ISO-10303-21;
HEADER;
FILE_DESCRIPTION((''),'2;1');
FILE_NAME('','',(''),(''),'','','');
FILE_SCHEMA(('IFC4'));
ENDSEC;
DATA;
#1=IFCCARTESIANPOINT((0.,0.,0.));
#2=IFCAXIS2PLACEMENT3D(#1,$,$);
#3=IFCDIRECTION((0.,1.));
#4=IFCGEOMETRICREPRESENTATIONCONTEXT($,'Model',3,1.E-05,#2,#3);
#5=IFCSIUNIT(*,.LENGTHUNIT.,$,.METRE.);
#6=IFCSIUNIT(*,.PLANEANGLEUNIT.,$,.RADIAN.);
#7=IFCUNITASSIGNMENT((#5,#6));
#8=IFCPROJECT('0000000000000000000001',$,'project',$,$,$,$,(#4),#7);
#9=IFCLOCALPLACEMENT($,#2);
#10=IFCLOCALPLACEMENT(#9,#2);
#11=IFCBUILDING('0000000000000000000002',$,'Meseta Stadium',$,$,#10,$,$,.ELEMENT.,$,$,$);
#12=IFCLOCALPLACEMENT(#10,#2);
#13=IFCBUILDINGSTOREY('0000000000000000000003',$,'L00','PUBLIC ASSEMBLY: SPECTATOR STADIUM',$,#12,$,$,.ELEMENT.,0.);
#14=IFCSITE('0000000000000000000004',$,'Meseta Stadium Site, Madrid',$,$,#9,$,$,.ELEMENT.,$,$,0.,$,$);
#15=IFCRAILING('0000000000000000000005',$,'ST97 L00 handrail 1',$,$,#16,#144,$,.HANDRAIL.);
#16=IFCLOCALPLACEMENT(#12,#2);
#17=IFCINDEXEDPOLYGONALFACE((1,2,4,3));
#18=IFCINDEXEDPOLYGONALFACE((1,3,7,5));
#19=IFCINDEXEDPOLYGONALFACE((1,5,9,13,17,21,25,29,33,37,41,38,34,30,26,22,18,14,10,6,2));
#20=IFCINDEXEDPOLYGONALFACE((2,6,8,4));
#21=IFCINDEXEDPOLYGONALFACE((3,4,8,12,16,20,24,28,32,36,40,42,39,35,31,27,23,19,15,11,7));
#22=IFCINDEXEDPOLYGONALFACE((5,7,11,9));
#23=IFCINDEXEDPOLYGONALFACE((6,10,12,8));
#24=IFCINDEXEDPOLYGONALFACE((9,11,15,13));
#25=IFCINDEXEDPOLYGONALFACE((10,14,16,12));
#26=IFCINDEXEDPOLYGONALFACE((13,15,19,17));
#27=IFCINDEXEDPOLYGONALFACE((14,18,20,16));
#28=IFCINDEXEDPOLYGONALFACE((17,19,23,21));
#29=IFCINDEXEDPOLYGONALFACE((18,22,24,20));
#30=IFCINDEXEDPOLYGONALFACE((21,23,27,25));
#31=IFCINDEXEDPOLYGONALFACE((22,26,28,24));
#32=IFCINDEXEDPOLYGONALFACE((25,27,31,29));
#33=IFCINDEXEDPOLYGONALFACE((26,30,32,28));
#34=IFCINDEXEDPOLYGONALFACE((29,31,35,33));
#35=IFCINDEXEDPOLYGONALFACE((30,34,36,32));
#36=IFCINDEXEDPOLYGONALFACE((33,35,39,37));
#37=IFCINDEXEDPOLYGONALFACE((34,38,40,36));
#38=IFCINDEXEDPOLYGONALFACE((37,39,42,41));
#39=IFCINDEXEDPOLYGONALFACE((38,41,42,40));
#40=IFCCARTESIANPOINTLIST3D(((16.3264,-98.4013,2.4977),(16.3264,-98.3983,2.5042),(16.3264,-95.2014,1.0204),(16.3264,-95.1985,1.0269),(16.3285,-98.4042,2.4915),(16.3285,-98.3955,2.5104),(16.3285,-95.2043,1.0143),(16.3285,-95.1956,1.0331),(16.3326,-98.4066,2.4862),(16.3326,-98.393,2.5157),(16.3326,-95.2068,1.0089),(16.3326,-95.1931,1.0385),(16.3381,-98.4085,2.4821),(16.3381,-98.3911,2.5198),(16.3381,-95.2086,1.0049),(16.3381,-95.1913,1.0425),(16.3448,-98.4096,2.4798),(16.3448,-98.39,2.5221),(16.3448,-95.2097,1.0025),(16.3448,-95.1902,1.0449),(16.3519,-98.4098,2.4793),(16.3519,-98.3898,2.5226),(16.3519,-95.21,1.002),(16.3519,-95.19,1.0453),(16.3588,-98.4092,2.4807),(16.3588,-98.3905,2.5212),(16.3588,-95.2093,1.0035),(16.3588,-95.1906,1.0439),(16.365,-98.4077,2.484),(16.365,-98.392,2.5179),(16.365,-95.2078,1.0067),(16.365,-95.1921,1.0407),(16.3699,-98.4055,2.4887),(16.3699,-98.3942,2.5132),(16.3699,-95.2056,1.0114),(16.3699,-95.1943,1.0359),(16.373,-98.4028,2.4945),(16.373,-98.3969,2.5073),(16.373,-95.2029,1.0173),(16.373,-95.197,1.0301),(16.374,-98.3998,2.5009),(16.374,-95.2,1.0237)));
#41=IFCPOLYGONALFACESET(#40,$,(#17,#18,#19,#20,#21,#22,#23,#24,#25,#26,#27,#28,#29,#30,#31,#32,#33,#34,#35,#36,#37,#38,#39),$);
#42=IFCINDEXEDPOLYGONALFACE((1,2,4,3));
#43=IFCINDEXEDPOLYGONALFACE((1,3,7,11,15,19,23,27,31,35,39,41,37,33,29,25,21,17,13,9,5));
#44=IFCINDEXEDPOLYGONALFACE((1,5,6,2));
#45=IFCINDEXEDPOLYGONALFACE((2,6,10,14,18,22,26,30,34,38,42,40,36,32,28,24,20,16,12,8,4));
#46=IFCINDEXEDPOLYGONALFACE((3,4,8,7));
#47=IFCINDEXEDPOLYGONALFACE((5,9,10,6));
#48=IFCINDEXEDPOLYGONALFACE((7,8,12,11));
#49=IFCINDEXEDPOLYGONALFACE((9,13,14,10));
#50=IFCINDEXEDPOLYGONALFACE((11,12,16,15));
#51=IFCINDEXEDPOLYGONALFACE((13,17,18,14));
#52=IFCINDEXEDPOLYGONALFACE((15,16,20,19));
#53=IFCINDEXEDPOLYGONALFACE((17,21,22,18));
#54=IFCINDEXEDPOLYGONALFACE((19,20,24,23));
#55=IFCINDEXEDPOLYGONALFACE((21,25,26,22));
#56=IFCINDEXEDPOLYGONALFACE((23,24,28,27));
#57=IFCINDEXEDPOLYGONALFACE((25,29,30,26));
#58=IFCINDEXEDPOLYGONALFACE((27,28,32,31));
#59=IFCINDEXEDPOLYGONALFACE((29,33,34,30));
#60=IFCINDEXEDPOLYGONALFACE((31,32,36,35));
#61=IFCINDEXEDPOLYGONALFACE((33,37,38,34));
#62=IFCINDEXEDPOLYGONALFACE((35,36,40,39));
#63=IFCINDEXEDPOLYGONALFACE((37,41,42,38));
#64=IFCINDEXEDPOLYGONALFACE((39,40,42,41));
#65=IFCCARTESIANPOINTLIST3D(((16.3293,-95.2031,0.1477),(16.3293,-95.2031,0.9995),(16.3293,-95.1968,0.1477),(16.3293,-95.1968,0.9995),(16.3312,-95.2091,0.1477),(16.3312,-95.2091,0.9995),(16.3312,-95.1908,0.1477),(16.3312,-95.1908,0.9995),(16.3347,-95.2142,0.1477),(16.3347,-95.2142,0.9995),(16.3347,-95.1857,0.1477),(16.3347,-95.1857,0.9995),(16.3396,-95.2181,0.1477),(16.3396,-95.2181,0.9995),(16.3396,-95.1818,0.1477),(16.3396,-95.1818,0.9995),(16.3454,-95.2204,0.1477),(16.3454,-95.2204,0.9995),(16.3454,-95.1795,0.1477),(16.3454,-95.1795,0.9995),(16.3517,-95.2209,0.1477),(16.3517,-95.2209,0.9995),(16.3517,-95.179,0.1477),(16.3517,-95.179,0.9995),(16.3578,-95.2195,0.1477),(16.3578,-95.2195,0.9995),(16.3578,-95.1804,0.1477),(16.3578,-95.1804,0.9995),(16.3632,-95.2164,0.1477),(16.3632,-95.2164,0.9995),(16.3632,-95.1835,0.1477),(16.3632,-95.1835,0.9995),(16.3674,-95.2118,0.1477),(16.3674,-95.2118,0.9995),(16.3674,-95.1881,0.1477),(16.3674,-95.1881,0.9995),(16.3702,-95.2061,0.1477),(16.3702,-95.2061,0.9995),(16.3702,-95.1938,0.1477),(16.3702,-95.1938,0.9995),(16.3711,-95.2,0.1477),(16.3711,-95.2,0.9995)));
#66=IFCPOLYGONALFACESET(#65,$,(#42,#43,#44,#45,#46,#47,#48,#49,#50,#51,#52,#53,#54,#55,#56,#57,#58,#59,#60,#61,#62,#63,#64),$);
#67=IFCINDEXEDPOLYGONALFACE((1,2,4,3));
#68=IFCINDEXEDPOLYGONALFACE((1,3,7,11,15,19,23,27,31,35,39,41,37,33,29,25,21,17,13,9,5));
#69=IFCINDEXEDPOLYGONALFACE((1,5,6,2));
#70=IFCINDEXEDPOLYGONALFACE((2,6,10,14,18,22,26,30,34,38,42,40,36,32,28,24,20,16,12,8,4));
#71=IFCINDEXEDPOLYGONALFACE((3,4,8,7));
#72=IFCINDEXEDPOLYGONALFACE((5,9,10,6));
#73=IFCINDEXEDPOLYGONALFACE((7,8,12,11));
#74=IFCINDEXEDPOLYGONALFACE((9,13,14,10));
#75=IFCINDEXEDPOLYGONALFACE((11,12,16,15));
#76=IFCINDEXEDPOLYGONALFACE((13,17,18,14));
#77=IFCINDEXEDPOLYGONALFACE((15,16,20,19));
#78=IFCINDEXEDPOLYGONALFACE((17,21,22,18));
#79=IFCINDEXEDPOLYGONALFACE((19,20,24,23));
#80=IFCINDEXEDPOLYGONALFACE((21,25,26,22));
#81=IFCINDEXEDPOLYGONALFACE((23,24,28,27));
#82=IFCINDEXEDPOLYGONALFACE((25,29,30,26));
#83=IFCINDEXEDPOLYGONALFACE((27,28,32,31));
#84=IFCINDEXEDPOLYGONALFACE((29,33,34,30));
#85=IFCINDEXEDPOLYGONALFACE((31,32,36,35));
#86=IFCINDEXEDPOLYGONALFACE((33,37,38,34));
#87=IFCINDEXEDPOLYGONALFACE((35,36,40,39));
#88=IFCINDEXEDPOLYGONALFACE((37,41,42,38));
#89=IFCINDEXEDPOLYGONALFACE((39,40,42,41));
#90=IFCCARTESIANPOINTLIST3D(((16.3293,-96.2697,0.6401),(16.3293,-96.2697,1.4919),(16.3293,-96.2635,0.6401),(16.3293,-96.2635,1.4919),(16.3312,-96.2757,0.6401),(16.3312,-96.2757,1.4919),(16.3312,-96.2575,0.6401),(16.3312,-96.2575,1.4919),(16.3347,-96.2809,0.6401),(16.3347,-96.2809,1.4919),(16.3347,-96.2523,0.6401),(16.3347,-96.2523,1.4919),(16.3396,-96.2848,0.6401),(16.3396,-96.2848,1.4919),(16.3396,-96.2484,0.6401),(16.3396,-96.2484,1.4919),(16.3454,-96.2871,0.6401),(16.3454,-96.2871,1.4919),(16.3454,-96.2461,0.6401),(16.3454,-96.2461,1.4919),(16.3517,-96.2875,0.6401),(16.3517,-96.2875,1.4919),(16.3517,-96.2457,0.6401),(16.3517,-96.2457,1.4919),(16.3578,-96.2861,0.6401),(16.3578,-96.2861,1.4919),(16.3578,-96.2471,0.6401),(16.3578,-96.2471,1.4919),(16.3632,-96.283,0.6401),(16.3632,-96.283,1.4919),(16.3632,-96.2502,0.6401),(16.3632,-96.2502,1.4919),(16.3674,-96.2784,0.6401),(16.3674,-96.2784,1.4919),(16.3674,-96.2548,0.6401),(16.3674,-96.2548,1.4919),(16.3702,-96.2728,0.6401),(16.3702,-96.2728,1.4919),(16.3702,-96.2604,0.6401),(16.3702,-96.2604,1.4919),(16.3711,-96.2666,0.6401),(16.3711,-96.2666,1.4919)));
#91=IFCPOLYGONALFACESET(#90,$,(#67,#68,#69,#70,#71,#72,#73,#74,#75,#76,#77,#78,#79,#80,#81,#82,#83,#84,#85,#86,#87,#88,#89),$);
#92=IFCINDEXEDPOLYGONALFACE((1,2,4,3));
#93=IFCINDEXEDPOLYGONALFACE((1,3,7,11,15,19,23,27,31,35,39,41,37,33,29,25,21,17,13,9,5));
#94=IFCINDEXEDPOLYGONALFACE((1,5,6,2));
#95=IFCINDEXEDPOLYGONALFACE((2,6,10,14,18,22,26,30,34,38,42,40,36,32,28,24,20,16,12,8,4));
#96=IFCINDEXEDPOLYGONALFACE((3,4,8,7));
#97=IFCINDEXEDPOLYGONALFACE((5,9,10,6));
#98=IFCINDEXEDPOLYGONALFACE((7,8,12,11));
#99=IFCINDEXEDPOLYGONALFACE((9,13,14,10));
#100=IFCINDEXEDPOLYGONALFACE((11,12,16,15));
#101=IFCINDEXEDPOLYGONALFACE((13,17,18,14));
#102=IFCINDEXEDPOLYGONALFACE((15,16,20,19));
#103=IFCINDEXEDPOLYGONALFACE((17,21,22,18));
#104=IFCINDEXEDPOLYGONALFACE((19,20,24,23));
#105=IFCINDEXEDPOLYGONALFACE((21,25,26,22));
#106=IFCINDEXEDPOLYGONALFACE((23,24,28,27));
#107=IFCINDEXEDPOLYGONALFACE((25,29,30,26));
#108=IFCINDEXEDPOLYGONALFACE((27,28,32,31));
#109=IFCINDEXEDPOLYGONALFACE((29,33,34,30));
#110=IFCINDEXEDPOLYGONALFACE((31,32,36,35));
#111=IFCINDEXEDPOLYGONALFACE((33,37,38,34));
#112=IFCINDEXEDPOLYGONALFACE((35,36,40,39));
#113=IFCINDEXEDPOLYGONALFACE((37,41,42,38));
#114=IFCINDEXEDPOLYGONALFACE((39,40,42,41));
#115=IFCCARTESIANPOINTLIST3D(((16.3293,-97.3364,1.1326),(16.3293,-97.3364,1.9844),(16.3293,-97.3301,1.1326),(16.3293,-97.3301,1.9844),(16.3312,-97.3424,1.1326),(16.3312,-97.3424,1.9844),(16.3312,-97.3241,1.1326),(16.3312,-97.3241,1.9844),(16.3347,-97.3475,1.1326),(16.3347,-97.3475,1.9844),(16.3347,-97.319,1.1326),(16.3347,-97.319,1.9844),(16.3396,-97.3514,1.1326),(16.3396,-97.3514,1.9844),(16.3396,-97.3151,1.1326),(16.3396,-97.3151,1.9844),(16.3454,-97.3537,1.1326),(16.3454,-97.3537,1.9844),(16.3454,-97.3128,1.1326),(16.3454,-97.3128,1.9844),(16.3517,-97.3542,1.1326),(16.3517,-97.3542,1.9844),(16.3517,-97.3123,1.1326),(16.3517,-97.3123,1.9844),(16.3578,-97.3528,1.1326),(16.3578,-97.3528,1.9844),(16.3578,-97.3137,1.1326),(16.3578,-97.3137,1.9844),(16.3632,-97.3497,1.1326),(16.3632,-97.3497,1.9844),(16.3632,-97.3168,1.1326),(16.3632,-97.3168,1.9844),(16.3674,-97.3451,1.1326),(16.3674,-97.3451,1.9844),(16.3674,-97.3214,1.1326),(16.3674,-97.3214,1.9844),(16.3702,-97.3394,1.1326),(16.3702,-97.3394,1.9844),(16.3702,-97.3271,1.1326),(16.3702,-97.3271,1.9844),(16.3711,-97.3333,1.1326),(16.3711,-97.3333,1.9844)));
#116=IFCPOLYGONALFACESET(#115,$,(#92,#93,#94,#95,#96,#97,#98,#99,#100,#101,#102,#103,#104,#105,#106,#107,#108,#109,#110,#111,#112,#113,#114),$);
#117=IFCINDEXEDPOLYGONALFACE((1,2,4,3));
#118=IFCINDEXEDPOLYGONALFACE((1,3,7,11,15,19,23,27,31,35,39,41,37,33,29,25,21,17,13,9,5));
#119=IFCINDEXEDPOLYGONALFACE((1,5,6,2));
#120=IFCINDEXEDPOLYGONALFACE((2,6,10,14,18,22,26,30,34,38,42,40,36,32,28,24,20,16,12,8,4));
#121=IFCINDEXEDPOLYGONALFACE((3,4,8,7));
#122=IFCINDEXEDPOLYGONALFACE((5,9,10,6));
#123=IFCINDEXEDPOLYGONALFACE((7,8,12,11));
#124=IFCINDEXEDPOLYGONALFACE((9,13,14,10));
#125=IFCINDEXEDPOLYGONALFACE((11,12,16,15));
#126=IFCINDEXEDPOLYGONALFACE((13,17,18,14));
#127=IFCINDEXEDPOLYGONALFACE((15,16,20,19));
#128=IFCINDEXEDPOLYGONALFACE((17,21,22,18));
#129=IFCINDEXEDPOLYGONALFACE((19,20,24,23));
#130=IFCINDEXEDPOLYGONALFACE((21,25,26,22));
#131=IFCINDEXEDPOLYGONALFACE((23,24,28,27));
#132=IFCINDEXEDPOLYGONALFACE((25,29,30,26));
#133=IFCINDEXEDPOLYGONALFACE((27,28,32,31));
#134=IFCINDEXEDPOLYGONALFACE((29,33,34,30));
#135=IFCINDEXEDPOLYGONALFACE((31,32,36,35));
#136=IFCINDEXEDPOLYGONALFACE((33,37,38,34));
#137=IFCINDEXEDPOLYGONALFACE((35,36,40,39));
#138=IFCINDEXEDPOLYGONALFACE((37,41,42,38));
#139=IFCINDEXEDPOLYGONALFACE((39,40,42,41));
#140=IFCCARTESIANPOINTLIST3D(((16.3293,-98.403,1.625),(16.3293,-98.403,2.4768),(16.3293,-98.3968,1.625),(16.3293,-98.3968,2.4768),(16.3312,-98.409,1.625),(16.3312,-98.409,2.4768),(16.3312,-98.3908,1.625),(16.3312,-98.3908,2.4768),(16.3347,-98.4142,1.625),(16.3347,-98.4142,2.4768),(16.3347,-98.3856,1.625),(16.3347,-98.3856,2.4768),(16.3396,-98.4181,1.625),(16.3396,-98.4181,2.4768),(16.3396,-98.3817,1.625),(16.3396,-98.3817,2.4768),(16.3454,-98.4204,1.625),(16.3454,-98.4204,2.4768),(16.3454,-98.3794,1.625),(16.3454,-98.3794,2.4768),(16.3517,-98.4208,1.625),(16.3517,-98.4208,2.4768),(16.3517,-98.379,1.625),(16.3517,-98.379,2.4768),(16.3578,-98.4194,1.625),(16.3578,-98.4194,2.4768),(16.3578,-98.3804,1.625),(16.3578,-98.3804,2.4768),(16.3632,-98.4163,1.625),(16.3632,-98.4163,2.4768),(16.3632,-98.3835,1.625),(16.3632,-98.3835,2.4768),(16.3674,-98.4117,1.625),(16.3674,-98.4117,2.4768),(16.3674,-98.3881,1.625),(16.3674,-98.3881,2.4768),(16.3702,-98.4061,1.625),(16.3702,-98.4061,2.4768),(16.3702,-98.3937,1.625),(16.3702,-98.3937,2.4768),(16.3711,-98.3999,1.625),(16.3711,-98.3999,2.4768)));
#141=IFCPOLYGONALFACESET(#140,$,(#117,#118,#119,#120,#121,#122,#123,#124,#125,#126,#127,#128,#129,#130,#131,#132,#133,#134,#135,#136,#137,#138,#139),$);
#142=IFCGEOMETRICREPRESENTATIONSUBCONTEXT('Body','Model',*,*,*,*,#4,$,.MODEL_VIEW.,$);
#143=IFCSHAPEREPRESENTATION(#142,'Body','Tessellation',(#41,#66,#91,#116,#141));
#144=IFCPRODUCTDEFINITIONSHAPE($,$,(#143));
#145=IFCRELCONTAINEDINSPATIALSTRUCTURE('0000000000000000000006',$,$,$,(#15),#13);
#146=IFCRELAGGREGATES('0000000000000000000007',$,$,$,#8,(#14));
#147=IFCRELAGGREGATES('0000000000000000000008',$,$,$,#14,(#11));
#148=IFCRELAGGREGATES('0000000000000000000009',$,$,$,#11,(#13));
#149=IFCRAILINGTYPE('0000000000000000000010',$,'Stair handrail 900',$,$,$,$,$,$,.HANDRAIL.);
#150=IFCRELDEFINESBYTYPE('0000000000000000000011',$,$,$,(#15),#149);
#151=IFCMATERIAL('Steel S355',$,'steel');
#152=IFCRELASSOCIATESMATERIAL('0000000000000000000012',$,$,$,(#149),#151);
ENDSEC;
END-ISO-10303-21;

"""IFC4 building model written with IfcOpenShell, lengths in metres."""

from ifc_helpers import new_model, si_unit, direction, frame, origin, origin_2d, place, context, subcontext, project, spatial, circle, extrude, material, type_object, element, save


model = new_model("IFC4")

# Units and contexts
model_context = context("Model", 3, precision=1e-05, world=origin(), true_north=direction((0.0, 1.0)))
body_context = subcontext(model_context, "Body", "Model", "MODEL_VIEW")
ifc_project = project(units=[si_unit("LENGTHUNIT", "METRE"), si_unit("PLANEANGLEUNIT", "RADIAN")], contexts=[model_context])

# Site, building, storey
site_placement = place(None, origin())
site = spatial("IfcSite", under=ifc_project, at=site_placement, Name="Meseta Stadium Site, Madrid", CompositionType="ELEMENT", RefElevation=0.0)
building_placement = place(site_placement, origin())
building = spatial("IfcBuilding", under=site, at=building_placement, Name="Meseta Stadium", CompositionType="ELEMENT")
storey_placement = place(building_placement, origin())
storey = spatial("IfcBuildingStorey", under=building, at=storey_placement, Name="L00", Description="PUBLIC ASSEMBLY: SPECTATOR STADIUM", CompositionType="ELEMENT", Elevation=0.0)

# Railing
ifc_material_1 = material(Name="Steel S355", Category="steel")
railing_type_1 = type_object("IfcRailingType", Name="Stair handrail 900", PredefinedType="HANDRAIL", material=ifc_material_1)
railing_1_placement = place(storey_placement, frame((16.3501, -95.2, 0.1477)))
element("IfcRailing", 1, at=railing_1_placement, inside=storey, type_object=railing_type_1, Name="ST97 L00 handrail 1", PredefinedType="HANDRAIL", context=body_context, shape_type="SweptSolid", body=[
    extrude(circle(Radius=0.0239, at=origin_2d()), frame((0.0, 0.0, 0.876), z_axis=(0.0, -0.907917, 0.41915), x_axis=(1.0, 0.0, 0.0)), (0.0, 0.0, 1.0), 3.5244),
    extrude(circle(Radius=0.021, at=origin_2d()), origin(), (0.0, 0.0, 1.0), 0.8518),
    extrude(circle(Radius=0.021, at=origin_2d()), frame((0.0, -1.0667, 0.4924)), (0.0, 0.0, 1.0), 0.8518),
    extrude(circle(Radius=0.021, at=origin_2d()), frame((0.0, -2.1333, 0.9849)), (0.0, 0.0, 1.0), 0.8518),
    extrude(circle(Radius=0.021, at=origin_2d()), frame((0.0, -3.2, 1.4773)), (0.0, 0.0, 1.0), 0.8518),
])

save(model, "model.ifc")
